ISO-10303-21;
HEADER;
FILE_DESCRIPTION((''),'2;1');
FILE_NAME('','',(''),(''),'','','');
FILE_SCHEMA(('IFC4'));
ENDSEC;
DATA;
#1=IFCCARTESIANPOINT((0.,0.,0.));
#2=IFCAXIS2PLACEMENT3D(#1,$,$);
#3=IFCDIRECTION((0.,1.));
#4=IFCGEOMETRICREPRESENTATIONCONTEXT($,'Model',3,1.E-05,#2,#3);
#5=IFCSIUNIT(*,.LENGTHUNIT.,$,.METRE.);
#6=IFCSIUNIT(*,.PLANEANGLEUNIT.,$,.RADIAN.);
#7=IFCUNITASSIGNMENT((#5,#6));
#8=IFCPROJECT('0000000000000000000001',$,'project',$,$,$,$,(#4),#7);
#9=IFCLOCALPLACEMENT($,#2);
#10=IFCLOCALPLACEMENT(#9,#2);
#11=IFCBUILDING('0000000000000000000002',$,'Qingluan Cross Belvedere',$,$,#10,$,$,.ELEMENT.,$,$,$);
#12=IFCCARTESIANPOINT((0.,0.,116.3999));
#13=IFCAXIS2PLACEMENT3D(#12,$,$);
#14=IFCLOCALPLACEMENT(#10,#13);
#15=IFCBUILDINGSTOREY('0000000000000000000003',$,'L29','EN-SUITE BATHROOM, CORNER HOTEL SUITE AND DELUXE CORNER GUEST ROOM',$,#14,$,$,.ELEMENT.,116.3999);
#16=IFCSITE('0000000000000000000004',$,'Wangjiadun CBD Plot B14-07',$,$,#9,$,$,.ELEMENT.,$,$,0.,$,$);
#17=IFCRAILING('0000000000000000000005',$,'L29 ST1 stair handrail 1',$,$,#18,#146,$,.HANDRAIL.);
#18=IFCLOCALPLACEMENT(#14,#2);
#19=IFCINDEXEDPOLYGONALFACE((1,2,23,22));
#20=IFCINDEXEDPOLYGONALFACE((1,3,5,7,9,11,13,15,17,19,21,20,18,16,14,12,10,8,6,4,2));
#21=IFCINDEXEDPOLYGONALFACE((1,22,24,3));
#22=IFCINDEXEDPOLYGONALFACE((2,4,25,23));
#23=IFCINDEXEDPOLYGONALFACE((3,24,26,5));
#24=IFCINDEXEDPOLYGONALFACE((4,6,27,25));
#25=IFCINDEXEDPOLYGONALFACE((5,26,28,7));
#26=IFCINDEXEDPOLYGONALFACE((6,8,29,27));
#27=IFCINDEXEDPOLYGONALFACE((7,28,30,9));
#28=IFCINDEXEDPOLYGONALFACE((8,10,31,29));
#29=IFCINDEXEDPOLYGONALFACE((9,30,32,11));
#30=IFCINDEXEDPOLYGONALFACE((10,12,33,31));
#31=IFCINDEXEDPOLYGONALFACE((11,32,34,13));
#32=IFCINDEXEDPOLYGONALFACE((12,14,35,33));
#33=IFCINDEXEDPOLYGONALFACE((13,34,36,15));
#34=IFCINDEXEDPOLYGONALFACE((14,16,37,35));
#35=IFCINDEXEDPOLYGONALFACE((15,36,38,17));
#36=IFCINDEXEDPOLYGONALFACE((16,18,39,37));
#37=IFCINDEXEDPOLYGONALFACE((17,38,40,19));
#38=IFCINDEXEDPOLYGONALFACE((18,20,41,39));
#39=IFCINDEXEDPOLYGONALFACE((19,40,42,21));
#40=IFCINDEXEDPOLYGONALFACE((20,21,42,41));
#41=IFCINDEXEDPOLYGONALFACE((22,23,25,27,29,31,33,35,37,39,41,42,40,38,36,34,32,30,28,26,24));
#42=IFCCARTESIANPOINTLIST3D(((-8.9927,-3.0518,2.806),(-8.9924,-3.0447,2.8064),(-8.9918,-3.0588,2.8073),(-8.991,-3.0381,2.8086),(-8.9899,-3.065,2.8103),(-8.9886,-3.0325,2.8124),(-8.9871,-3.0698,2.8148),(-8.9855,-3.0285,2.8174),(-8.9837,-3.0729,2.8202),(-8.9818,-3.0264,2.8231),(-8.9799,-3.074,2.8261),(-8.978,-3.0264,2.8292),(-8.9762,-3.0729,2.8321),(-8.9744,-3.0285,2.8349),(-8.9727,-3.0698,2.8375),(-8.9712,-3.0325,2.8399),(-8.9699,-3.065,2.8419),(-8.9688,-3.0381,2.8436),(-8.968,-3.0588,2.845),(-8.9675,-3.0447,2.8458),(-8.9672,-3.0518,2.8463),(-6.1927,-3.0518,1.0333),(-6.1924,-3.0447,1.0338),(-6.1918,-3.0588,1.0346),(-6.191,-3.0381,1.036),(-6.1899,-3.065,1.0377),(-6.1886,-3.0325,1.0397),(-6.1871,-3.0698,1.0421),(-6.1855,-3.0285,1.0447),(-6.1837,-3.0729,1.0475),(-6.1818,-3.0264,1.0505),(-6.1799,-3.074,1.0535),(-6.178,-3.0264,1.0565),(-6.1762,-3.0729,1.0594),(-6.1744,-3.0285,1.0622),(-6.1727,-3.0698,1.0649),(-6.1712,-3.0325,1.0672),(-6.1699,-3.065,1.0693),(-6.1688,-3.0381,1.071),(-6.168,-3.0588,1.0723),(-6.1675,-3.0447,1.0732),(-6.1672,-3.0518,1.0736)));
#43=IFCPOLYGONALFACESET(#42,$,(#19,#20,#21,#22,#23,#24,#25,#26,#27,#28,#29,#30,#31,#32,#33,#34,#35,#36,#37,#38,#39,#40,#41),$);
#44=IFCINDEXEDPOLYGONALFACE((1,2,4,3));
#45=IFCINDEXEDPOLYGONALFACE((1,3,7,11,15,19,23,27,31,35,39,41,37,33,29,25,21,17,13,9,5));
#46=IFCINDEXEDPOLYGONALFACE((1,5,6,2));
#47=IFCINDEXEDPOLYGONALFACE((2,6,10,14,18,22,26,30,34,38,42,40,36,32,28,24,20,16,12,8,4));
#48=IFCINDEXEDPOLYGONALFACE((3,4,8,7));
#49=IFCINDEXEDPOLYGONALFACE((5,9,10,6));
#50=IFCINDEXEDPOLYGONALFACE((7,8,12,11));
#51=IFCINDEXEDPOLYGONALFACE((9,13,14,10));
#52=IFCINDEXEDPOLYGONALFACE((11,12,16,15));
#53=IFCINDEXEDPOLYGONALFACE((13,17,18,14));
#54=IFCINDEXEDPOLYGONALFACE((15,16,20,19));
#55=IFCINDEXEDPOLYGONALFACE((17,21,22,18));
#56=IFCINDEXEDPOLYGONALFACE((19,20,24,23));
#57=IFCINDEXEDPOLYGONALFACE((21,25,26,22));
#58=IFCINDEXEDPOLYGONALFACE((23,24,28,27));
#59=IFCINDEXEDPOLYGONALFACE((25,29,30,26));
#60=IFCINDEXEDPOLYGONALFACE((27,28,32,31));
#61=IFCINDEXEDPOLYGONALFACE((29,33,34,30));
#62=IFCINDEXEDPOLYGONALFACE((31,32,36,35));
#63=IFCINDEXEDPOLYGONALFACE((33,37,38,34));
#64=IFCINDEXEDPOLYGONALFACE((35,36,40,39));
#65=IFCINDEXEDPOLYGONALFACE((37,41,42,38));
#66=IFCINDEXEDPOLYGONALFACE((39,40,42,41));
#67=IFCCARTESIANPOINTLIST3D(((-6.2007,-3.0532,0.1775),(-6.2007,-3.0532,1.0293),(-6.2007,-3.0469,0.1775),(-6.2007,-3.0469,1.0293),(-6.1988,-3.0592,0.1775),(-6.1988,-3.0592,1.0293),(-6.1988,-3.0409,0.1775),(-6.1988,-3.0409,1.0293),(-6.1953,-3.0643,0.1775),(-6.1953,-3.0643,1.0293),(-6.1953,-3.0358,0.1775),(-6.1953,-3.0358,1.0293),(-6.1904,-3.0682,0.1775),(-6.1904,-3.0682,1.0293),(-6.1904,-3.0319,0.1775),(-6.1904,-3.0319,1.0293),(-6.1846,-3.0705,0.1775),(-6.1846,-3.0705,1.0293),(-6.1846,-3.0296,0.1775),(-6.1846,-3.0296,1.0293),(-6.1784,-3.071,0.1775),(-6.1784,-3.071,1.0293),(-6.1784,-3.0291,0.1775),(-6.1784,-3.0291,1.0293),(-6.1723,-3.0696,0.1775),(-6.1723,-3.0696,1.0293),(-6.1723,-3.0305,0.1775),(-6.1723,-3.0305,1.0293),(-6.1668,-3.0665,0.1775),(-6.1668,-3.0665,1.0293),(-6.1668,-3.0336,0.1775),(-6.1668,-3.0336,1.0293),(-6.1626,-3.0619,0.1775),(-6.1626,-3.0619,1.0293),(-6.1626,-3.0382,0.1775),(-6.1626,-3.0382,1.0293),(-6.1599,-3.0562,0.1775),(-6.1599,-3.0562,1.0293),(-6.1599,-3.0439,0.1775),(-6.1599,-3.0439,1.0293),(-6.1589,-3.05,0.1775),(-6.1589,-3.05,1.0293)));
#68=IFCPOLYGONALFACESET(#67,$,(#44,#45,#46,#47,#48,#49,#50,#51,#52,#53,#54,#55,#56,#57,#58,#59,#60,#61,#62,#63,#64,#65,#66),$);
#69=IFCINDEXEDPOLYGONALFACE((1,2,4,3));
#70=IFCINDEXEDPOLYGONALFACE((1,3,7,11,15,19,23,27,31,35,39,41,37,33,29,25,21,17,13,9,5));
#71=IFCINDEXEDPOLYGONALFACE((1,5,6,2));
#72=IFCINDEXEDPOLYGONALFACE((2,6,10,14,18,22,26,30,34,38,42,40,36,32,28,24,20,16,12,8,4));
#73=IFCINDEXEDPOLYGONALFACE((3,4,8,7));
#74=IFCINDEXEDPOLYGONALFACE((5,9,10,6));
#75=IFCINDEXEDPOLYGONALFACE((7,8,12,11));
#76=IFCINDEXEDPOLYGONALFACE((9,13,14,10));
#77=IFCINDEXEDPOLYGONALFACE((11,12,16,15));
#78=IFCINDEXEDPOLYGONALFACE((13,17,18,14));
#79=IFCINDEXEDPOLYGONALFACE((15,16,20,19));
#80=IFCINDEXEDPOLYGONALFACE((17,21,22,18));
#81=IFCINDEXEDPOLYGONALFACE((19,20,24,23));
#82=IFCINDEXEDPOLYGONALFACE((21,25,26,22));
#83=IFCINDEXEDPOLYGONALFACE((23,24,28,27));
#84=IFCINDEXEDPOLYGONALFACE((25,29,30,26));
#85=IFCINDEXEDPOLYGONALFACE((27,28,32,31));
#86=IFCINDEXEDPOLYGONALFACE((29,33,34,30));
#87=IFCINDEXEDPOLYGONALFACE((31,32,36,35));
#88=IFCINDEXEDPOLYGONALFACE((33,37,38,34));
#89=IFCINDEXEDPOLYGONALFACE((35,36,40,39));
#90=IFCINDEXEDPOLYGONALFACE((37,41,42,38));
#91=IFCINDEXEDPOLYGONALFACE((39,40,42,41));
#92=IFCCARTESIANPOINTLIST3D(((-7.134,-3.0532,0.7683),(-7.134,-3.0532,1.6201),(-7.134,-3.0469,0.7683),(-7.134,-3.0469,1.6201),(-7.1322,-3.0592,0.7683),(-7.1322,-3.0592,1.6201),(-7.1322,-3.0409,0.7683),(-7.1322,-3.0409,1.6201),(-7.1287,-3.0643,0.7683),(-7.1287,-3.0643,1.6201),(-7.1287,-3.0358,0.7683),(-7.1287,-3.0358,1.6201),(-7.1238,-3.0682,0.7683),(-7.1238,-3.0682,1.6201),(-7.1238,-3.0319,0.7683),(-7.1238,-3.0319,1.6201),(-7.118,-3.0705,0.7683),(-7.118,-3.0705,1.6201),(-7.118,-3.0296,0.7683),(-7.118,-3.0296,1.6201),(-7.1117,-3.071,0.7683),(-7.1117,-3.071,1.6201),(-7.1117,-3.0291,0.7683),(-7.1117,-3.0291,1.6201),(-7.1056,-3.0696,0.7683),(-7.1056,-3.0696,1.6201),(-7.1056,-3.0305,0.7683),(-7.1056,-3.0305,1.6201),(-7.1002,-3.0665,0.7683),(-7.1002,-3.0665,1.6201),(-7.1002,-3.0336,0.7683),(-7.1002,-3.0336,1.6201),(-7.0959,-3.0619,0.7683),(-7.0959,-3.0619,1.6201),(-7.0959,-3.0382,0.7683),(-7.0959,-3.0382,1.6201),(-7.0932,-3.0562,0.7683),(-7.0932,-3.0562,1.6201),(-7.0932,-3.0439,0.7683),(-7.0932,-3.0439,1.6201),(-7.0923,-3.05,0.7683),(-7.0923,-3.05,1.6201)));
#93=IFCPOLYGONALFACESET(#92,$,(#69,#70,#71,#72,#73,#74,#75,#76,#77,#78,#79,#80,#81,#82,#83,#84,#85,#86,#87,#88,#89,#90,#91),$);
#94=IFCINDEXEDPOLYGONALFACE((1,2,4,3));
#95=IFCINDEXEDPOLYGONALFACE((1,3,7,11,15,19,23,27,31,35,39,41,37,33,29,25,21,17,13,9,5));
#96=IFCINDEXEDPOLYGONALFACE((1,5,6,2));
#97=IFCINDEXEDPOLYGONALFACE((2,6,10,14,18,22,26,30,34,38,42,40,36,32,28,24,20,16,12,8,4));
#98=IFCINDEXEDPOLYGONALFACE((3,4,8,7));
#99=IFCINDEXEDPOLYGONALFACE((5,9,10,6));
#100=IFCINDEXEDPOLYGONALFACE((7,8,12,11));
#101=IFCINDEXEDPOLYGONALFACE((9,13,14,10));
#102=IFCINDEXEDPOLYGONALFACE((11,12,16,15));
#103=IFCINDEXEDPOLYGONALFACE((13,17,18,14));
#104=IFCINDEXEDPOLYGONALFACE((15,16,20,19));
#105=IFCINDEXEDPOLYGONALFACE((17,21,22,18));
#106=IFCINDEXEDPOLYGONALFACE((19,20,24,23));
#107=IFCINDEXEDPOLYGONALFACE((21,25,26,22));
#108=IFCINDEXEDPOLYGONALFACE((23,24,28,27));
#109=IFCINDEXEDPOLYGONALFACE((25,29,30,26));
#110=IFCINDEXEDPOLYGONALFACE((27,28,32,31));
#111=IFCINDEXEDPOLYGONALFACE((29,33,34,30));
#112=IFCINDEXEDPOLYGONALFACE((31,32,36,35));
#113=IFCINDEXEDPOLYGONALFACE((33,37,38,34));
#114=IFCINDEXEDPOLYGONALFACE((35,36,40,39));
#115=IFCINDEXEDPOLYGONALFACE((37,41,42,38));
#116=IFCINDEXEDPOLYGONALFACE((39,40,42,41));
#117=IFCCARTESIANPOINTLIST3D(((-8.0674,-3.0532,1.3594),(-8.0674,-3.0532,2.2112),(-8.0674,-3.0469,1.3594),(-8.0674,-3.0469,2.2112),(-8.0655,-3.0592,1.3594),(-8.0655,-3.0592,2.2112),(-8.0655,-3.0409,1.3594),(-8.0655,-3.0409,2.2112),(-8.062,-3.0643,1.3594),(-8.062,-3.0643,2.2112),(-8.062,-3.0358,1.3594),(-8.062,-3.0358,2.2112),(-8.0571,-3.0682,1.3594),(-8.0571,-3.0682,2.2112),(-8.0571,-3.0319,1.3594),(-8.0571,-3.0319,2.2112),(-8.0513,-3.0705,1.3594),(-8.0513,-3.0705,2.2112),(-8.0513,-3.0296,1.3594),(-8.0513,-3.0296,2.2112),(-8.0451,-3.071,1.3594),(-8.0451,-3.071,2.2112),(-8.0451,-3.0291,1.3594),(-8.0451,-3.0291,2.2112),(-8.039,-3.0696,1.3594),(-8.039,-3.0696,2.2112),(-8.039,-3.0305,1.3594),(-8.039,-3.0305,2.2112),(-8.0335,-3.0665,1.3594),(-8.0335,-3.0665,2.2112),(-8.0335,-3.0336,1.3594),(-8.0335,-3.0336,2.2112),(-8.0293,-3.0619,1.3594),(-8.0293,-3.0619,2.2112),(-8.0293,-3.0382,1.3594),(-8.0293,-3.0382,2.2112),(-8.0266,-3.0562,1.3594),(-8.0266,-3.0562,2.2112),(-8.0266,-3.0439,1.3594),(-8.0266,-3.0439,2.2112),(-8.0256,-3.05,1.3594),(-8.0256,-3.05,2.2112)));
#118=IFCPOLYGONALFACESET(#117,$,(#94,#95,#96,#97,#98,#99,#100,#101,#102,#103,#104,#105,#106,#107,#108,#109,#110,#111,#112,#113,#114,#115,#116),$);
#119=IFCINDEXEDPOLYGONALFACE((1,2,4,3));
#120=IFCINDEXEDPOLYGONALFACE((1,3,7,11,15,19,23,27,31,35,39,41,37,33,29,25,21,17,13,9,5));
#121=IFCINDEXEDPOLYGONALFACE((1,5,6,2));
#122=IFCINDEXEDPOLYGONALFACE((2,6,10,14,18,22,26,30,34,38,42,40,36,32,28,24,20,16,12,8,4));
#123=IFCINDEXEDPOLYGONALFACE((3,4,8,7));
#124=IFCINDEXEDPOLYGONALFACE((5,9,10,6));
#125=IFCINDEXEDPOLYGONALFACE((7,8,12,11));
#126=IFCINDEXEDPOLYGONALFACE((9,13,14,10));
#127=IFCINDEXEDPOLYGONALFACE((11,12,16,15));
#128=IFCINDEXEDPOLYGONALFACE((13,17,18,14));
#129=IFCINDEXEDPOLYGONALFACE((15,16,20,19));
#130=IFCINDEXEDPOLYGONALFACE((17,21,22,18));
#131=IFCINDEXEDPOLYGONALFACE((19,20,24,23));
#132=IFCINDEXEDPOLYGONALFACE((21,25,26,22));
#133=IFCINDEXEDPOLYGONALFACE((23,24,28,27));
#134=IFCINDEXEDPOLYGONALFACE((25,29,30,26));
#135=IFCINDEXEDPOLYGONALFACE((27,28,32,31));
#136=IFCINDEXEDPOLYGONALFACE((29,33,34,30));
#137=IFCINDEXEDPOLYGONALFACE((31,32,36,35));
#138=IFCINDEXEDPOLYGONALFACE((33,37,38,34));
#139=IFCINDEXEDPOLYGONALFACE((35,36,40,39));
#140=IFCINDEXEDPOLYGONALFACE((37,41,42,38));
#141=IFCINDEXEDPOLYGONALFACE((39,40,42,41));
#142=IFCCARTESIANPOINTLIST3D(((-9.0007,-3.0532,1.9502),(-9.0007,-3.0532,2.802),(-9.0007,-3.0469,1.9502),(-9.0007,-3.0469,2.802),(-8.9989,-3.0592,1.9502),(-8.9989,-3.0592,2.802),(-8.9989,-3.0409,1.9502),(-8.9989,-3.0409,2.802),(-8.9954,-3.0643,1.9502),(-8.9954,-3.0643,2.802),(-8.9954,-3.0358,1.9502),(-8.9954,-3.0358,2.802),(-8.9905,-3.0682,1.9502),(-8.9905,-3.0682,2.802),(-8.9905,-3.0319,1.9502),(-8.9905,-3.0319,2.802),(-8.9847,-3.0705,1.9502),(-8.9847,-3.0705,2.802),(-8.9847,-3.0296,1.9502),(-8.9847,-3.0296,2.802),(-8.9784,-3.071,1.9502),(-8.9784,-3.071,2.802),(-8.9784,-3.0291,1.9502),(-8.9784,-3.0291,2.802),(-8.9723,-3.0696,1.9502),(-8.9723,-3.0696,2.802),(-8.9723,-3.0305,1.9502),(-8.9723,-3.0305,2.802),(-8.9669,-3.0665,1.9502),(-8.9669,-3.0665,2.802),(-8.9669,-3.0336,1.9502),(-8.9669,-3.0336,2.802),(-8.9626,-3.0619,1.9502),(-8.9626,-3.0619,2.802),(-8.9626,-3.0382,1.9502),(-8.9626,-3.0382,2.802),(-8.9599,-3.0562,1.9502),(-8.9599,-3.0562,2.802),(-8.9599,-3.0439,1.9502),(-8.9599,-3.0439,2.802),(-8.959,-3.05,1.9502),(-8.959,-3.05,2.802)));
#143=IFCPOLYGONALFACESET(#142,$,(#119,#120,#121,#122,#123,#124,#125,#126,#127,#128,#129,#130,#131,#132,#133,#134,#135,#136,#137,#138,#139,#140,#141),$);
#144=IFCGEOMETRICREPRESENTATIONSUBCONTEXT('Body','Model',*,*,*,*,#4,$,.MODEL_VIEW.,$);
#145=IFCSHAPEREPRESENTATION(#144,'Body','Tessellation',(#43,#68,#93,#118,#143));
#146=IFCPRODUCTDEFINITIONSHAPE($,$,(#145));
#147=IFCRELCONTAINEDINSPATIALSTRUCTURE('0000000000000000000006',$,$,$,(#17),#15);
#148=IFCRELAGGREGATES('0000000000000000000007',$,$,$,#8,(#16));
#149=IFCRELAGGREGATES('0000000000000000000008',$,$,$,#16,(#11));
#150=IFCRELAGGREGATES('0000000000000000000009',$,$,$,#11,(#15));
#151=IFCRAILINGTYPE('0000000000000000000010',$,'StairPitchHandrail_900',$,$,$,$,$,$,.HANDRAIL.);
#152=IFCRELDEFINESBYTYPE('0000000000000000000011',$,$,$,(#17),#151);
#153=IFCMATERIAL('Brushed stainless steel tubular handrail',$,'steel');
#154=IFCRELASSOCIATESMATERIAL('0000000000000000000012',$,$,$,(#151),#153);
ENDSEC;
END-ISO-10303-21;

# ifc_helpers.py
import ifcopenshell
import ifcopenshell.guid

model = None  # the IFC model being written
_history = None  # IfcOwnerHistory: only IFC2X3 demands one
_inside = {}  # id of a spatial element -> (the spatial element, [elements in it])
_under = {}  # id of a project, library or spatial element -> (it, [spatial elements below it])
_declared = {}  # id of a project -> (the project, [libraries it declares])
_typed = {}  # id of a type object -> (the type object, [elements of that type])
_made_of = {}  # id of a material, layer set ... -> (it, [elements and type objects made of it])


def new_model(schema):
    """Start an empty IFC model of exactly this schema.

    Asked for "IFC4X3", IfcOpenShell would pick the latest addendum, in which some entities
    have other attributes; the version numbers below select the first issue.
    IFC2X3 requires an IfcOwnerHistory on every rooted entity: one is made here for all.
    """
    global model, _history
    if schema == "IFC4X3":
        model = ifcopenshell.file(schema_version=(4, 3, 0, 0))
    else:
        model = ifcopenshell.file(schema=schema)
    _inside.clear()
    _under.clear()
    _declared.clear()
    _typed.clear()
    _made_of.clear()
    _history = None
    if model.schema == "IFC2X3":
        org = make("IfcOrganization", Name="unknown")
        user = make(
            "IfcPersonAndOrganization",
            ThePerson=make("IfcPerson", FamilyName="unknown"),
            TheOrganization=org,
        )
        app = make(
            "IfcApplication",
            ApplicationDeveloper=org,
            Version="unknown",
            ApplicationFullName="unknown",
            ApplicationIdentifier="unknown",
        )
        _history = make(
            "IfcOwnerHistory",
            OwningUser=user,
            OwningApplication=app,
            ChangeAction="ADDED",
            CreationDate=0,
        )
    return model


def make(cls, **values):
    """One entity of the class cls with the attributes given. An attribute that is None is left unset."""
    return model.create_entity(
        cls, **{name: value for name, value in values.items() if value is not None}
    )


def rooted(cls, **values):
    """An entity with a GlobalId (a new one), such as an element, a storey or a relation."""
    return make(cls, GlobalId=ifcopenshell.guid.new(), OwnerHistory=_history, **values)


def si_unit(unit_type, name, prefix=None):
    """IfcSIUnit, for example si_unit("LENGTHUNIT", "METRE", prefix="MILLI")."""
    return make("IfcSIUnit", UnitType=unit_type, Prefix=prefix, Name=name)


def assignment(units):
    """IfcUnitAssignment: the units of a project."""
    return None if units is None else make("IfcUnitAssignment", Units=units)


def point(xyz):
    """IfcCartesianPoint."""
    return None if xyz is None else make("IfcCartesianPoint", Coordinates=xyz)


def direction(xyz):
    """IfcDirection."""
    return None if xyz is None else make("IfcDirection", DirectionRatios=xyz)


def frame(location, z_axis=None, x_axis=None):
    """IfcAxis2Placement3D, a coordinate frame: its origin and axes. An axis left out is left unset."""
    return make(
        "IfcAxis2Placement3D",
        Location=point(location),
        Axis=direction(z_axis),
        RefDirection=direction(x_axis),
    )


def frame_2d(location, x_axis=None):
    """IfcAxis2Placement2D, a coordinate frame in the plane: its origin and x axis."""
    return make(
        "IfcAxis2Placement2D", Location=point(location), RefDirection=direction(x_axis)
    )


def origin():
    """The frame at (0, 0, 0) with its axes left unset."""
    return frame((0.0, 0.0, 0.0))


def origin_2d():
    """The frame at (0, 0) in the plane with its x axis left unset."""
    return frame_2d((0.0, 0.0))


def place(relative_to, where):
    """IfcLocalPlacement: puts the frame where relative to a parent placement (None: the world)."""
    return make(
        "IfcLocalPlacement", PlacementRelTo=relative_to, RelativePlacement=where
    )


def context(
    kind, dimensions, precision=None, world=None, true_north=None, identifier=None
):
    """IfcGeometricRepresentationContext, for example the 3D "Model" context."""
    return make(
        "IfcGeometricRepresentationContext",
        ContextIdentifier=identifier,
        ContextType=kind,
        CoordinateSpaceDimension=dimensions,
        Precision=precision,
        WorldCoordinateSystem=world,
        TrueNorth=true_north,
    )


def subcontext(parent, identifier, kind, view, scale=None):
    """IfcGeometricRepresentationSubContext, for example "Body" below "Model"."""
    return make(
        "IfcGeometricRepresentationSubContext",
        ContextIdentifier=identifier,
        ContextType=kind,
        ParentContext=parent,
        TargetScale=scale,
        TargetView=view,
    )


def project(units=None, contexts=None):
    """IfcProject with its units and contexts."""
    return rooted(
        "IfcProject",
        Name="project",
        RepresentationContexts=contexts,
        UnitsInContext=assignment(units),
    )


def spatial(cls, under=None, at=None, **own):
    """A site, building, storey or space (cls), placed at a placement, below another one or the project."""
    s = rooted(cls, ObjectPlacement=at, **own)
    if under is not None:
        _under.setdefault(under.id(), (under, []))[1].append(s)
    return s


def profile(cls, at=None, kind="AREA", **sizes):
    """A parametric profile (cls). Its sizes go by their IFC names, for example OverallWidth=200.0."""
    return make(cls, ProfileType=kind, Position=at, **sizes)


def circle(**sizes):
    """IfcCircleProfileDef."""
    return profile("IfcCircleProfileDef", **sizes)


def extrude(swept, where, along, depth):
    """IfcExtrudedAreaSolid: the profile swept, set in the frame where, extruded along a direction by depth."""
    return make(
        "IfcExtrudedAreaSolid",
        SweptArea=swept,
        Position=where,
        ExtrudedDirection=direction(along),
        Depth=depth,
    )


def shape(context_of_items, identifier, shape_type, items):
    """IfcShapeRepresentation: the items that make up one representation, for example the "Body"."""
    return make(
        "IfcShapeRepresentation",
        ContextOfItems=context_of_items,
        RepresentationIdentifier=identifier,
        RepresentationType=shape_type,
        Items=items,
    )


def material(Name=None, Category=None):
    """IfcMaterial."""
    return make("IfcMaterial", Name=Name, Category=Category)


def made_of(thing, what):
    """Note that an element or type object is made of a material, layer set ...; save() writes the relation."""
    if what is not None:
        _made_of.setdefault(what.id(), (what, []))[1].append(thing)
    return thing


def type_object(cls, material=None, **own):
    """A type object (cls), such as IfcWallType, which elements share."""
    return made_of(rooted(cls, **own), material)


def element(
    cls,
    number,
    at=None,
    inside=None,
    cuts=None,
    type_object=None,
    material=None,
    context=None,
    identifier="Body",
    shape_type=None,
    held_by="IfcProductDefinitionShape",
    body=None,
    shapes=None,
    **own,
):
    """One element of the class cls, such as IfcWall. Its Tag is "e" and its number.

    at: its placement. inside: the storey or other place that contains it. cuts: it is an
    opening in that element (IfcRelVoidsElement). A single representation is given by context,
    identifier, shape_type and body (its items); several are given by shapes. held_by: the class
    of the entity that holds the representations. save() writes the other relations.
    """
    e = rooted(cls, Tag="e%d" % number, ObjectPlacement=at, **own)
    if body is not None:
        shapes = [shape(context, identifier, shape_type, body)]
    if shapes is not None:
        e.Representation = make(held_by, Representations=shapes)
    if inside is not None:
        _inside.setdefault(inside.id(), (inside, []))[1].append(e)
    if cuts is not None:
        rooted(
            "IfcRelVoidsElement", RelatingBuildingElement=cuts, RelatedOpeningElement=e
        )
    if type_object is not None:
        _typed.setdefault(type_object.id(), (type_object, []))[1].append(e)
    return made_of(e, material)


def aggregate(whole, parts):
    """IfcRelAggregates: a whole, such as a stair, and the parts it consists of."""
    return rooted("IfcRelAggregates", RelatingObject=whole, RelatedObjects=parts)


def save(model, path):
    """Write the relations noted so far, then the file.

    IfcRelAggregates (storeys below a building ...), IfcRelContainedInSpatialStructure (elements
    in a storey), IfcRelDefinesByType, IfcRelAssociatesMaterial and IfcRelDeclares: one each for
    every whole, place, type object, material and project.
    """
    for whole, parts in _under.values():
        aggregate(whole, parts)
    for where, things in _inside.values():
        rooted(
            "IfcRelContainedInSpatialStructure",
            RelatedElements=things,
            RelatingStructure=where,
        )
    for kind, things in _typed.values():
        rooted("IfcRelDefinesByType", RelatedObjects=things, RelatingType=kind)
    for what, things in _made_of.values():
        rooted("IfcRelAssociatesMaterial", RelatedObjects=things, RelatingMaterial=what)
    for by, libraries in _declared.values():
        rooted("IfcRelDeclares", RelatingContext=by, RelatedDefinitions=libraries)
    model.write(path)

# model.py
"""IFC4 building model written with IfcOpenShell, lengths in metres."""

from ifc_helpers import new_model, si_unit, direction, frame, origin, origin_2d, place, context, subcontext, project, spatial, circle, extrude, material, type_object, element, save


model = new_model("IFC4")

# Units and contexts
model_context = context("Model", 3, precision=1e-05, world=origin(), true_north=direction((0.0, 1.0)))
body_context = subcontext(model_context, "Body", "Model", "MODEL_VIEW")
ifc_project = project(units=[si_unit("LENGTHUNIT", "METRE"), si_unit("PLANEANGLEUNIT", "RADIAN")], contexts=[model_context])

# Site, building, storey
site_placement = place(None, origin())
site = spatial("IfcSite", under=ifc_project, at=site_placement, Name="Wangjiadun CBD Plot B14-07", CompositionType="ELEMENT", RefElevation=0.0)
building_placement = place(site_placement, origin())
building = spatial("IfcBuilding", under=site, at=building_placement, Name="Qingluan Cross Belvedere", CompositionType="ELEMENT")
storey_placement = place(building_placement, frame((0.0, 0.0, 116.3999)))
storey = spatial("IfcBuildingStorey", under=building, at=storey_placement, Name="L29", Description="EN-SUITE BATHROOM, CORNER HOTEL SUITE AND DELUXE CORNER GUEST ROOM", CompositionType="ELEMENT", Elevation=116.3999)

# Railing
ifc_material_1 = material(Name="Brushed stainless steel tubular handrail", Category="steel")
railing_type_1 = type_object("IfcRailingType", Name="StairPitchHandrail_900", PredefinedType="HANDRAIL", material=ifc_material_1)
railing_1_placement = place(storey_placement, frame((-6.1799, -3.05, 0.1775)))
element("IfcRailing", 1, at=railing_1_placement, inside=storey, type_object=railing_type_1, Name="L29 ST1 stair handrail 1", PredefinedType="HANDRAIL", context=body_context, shape_type="SweptSolid", body=[
    extrude(circle(Radius=0.0239, at=origin_2d()), frame((0.0, 0.0, 0.876), z_axis=(-0.844909, 0.0, 0.53491), x_axis=(0.0, -1.0, 0.0)), (0.0, 0.0, 1.0), 3.314),
    extrude(circle(Radius=0.021, at=origin_2d()), origin(), (0.0, 0.0, 1.0), 0.8518),
    extrude(circle(Radius=0.021, at=origin_2d()), frame((-0.9333, 0.0, 0.5908)), (0.0, 0.0, 1.0), 0.8518),
    extrude(circle(Radius=0.021, at=origin_2d()), frame((-1.8667, 0.0, 1.1819)), (0.0, 0.0, 1.0), 0.8518),
    extrude(circle(Radius=0.021, at=origin_2d()), frame((-2.8, 0.0, 1.7727)), (0.0, 0.0, 1.0), 0.8518),
])

save(model, "model.ifc")
